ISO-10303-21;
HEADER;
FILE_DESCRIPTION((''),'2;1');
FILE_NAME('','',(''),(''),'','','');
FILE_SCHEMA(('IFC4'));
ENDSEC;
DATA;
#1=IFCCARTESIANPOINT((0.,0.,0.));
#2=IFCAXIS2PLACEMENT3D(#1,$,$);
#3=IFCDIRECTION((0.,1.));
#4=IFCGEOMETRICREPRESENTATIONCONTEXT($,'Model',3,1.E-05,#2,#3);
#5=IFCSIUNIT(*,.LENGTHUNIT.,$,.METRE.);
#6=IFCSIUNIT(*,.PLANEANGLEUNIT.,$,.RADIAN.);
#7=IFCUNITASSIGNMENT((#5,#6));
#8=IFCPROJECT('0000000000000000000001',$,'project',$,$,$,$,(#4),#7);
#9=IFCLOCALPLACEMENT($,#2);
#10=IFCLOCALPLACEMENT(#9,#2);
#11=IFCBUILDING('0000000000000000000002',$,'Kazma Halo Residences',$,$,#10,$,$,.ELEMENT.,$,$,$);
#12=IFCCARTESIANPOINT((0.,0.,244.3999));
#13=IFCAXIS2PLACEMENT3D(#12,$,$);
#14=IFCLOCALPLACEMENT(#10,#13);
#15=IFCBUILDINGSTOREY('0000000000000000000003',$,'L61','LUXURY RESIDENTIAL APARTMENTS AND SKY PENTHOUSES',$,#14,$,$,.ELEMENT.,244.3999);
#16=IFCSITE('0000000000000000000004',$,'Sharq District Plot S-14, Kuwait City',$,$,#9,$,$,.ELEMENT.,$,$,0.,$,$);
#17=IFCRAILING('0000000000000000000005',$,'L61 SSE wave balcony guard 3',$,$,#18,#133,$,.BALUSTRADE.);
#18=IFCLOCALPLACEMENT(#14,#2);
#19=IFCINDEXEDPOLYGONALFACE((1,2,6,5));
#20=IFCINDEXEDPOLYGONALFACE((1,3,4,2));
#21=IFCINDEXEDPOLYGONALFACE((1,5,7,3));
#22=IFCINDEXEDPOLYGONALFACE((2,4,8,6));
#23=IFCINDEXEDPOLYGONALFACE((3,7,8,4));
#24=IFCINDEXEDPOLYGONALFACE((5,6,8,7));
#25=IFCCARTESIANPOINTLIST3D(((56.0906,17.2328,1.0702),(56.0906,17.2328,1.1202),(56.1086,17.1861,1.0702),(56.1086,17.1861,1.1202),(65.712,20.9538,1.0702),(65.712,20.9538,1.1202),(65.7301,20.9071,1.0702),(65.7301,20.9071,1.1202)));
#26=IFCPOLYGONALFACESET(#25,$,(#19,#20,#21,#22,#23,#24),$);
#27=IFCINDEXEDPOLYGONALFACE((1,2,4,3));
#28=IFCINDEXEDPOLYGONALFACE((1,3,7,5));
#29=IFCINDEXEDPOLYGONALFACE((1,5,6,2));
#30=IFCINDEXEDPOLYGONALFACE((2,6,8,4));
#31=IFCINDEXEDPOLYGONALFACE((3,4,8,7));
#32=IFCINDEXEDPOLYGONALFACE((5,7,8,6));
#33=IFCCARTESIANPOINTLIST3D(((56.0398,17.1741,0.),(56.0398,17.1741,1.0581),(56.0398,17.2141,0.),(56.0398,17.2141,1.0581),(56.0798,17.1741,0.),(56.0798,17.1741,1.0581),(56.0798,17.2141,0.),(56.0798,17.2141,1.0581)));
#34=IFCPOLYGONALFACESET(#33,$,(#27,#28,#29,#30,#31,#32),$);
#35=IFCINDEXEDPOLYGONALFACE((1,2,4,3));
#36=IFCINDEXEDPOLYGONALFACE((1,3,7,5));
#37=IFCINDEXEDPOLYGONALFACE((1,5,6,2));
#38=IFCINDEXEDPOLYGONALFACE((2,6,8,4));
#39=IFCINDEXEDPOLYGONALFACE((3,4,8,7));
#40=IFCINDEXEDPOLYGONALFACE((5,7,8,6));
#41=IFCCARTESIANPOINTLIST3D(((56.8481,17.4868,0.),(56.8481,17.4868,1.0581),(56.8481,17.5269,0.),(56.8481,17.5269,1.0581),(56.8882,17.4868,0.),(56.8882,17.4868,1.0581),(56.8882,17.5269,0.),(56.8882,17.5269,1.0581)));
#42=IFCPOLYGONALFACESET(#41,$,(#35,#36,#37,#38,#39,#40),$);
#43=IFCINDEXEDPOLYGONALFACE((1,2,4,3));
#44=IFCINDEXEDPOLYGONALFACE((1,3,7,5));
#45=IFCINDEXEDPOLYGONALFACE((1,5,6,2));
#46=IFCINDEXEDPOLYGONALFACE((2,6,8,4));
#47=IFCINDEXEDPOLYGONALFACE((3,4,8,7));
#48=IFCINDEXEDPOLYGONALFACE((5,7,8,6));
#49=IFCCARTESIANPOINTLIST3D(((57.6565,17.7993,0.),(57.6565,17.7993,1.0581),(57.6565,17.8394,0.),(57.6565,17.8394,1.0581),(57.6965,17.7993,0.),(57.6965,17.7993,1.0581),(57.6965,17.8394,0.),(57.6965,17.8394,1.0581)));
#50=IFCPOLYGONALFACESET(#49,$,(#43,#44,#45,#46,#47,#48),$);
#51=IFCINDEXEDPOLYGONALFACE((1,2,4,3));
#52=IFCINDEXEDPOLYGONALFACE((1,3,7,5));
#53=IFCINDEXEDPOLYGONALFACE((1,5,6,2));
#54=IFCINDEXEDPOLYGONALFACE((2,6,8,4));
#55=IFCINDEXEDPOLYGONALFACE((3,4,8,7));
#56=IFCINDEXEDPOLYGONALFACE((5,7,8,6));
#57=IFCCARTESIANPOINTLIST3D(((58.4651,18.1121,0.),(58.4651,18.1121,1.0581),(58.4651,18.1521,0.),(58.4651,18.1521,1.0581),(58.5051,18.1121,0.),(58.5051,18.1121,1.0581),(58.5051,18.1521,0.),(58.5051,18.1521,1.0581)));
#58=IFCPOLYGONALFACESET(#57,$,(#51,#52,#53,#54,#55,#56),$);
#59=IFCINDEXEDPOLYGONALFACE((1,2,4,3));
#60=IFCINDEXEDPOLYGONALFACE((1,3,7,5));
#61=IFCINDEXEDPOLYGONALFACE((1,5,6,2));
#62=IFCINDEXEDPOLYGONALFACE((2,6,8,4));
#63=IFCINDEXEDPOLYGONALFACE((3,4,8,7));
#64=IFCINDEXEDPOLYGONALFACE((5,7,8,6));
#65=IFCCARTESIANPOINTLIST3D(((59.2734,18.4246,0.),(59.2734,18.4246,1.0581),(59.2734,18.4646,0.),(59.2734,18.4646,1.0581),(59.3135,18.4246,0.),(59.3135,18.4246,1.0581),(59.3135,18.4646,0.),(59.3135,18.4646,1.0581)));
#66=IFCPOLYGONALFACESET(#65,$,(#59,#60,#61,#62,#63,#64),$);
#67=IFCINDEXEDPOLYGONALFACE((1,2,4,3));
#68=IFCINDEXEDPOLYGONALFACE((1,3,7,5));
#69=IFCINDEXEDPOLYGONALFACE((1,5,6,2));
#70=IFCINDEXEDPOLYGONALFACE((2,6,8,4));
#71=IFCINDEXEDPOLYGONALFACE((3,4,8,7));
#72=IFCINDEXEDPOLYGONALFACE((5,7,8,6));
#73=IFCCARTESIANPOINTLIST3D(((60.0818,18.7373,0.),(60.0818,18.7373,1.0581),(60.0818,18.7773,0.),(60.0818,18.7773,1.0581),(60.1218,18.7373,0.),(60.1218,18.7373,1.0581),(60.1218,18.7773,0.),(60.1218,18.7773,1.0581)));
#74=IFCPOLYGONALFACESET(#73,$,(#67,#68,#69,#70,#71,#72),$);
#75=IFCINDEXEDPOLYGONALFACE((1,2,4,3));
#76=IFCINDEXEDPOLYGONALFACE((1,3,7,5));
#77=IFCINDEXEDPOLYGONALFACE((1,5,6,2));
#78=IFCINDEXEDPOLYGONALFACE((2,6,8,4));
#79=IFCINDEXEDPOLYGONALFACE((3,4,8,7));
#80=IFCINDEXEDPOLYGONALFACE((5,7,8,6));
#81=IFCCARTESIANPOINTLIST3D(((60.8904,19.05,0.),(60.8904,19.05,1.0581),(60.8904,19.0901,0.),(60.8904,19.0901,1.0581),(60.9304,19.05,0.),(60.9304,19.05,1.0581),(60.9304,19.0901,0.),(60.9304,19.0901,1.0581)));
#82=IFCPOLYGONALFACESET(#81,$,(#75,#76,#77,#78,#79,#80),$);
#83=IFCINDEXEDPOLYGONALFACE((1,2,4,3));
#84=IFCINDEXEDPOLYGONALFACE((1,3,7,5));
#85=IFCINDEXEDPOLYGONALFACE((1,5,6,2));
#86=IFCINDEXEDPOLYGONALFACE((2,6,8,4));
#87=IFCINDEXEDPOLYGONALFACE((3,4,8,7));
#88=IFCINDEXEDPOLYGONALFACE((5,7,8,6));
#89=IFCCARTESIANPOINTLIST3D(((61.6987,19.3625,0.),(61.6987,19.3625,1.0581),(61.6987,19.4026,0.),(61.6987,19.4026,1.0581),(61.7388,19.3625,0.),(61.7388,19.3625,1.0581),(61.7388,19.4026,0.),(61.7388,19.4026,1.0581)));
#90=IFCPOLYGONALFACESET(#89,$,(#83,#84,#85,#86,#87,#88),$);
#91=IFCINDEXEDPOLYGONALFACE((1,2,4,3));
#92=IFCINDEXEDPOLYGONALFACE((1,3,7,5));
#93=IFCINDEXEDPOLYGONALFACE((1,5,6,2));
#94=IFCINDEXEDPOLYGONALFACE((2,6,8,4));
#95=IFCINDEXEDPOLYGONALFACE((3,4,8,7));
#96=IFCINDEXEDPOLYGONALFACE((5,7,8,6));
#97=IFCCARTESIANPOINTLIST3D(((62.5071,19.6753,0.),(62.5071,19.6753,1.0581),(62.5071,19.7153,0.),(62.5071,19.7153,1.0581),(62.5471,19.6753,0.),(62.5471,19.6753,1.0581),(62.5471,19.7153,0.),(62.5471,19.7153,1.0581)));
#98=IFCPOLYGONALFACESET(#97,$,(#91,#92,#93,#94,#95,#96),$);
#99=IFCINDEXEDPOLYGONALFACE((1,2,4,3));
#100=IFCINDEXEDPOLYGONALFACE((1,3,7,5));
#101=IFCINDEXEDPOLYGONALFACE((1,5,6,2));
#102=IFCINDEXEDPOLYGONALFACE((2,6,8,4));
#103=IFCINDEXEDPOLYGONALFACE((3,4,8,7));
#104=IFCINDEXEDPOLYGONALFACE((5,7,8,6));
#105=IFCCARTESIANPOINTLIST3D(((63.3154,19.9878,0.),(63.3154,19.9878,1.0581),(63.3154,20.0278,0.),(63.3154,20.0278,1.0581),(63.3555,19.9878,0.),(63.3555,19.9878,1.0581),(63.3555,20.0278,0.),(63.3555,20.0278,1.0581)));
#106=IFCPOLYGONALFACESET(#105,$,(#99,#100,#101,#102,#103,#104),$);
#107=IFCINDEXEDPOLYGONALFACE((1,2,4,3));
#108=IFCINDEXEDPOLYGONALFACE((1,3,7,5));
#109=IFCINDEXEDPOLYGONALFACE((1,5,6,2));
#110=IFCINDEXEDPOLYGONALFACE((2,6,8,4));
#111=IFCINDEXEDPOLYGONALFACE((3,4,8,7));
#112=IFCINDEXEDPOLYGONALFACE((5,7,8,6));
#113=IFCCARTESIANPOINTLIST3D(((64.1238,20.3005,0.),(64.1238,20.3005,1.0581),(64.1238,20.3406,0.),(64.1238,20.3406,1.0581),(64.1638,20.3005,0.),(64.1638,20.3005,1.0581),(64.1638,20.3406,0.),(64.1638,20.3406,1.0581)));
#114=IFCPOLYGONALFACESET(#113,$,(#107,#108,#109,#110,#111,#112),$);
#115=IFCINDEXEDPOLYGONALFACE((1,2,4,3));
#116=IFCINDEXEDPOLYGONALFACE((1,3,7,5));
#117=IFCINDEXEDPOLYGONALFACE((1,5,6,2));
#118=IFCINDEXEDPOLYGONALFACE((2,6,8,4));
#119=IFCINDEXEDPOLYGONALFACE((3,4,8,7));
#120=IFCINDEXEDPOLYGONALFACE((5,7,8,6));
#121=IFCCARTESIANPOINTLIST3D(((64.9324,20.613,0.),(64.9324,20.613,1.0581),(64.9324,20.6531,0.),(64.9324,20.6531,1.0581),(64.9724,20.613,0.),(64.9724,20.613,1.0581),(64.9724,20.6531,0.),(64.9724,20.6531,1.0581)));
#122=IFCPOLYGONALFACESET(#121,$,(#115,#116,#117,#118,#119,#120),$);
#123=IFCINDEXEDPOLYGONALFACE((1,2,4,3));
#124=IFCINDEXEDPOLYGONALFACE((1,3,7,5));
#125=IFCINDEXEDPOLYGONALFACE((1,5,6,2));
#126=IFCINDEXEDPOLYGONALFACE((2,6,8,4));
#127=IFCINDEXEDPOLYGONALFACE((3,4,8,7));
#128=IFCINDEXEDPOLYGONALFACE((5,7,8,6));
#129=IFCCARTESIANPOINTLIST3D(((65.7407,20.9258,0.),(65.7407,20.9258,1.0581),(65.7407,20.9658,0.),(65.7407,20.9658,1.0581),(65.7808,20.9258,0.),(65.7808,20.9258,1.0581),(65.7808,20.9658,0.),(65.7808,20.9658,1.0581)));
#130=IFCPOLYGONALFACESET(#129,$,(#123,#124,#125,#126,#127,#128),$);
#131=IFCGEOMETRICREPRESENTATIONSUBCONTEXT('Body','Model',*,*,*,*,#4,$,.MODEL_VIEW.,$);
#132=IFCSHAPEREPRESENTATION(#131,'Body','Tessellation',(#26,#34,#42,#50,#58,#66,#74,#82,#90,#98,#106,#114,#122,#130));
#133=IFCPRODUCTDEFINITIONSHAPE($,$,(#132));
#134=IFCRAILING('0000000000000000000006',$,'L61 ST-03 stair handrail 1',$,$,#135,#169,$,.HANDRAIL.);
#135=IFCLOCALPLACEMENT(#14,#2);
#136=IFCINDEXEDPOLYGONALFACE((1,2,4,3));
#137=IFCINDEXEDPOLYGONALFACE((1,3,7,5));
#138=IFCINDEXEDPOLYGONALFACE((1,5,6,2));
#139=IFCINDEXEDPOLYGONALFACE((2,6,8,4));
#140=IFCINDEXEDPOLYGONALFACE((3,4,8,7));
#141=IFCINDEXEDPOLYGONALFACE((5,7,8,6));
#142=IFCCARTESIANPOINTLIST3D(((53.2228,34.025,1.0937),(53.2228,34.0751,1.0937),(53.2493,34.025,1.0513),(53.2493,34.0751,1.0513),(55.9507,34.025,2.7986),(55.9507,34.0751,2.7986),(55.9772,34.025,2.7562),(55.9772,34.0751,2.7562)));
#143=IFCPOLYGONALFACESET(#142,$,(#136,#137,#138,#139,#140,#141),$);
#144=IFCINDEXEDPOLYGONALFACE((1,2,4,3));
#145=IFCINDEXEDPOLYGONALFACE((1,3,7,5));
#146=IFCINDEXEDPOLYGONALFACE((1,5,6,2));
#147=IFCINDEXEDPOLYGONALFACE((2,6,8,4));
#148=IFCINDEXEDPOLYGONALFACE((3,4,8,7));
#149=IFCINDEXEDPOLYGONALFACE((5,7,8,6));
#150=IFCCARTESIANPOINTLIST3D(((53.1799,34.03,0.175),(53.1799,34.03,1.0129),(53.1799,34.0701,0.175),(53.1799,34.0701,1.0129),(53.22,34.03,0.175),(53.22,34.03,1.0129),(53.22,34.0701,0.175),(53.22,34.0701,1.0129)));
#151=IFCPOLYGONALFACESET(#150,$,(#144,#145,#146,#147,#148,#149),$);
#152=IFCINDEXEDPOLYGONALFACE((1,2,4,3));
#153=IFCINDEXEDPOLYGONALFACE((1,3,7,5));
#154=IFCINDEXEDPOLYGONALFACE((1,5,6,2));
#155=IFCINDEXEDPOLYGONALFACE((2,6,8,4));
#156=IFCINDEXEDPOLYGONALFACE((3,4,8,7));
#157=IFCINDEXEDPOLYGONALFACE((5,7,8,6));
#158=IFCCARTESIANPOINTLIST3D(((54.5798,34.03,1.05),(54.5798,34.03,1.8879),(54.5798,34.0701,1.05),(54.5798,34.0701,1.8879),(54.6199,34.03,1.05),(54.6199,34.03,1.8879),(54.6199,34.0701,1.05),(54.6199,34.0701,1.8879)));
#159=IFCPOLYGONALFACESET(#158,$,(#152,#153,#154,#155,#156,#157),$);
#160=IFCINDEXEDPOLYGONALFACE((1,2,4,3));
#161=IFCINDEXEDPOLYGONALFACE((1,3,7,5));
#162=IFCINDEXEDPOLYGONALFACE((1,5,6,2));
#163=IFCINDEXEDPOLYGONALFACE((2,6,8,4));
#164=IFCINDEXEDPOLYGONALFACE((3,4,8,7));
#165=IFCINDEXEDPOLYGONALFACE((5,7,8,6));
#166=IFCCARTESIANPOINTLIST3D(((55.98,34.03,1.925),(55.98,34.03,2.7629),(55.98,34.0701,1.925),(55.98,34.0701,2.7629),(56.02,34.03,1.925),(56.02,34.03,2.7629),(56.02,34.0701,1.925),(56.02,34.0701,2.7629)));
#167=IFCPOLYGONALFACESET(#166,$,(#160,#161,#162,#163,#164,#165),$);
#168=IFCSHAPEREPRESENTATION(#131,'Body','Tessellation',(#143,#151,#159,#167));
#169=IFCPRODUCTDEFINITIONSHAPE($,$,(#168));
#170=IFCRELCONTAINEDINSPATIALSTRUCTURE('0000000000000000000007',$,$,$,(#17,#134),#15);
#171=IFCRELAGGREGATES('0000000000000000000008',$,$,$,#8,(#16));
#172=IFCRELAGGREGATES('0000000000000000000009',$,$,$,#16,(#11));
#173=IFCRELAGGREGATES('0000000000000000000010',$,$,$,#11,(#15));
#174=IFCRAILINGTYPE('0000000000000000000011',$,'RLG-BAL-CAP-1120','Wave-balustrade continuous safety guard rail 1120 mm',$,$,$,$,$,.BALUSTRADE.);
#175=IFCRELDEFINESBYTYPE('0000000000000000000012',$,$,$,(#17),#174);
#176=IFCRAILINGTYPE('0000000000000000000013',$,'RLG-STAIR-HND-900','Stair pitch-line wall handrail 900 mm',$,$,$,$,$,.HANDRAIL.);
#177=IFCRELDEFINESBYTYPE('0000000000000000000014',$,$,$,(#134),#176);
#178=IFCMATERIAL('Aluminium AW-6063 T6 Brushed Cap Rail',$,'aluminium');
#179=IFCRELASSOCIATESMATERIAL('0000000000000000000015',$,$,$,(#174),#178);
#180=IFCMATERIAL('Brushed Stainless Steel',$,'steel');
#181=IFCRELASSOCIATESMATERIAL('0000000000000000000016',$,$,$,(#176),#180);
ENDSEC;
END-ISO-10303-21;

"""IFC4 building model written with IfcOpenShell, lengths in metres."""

from ifc_helpers import new_model, si_unit, direction, frame, origin, origin_2d, place, context, subcontext, project, spatial, rectangle, extrude, material, type_object, element, save


model = new_model("IFC4")

# Units and contexts
model_context = context("Model", 3, precision=1e-05, world=origin(), true_north=direction((0.0, 1.0)))
body_context = subcontext(model_context, "Body", "Model", "MODEL_VIEW")
ifc_project = project(units=[si_unit("LENGTHUNIT", "METRE"), si_unit("PLANEANGLEUNIT", "RADIAN")], contexts=[model_context])

# Site, building, storey
site_placement = place(None, origin())
site = spatial("IfcSite", under=ifc_project, at=site_placement, Name="Sharq District Plot S-14, Kuwait City", CompositionType="ELEMENT", RefElevation=0.0)
building_placement = place(site_placement, origin())
building = spatial("IfcBuilding", under=site, at=building_placement, Name="Kazma Halo Residences", CompositionType="ELEMENT")
storey_placement = place(building_placement, frame((0.0, 0.0, 244.3999)))
storey = spatial("IfcBuildingStorey", under=building, at=storey_placement, Name="L61", Description="LUXURY RESIDENTIAL APARTMENTS AND SKY PENTHOUSES", CompositionType="ELEMENT", Elevation=244.3999)

# Railings
ifc_material_1 = material(Name="Aluminium AW-6063 T6 Brushed Cap Rail", Category="aluminium")
railing_type_1 = type_object("IfcRailingType", Name="RLG-BAL-CAP-1120", Description="Wave-balustrade continuous safety guard rail 1120 mm", PredefinedType="BALUSTRADE", material=ifc_material_1)
railing_1_placement = place(storey_placement, frame((56.0598, 17.1941, 0.0)))
element("IfcRailing", 1, at=railing_1_placement, inside=storey, type_object=railing_type_1, Name="L61 SSE wave balcony guard 3", PredefinedType="BALUSTRADE", context=body_context, shape_type="SweptSolid", body=[
    extrude(rectangle(XDim=0.05, YDim=0.05, at=origin_2d()), frame((0.0398, 0.0154, 1.0952), z_axis=(0.932681, 0.360702, 0.0), x_axis=(-0.360702, 0.932681, 0.0)), (0.0, 0.0, 1.0), 10.3159),
    extrude(rectangle(XDim=0.04, YDim=0.04, at=origin_2d()), origin(), (0.0, 0.0, 1.0), 1.0581),
    extrude(rectangle(XDim=0.04, YDim=0.04, at=origin_2d()), frame((0.8083, 0.3127, 0.0)), (0.0, 0.0, 1.0), 1.0581),
    extrude(rectangle(XDim=0.04, YDim=0.04, at=origin_2d()), frame((1.6167, 0.6252, 0.0)), (0.0, 0.0, 1.0), 1.0581),
    extrude(rectangle(XDim=0.04, YDim=0.04, at=origin_2d()), frame((2.4253, 0.938, 0.0)), (0.0, 0.0, 1.0), 1.0581),
    extrude(rectangle(XDim=0.04, YDim=0.04, at=origin_2d()), frame((3.2336, 1.2505, 0.0)), (0.0, 0.0, 1.0), 1.0581),
    extrude(rectangle(XDim=0.04, YDim=0.04, at=origin_2d()), frame((4.042, 1.5632, 0.0)), (0.0, 0.0, 1.0), 1.0581),
    extrude(rectangle(XDim=0.04, YDim=0.04, at=origin_2d()), frame((4.8506, 1.876, 0.0)), (0.0, 0.0, 1.0), 1.0581),
    extrude(rectangle(XDim=0.04, YDim=0.04, at=origin_2d()), frame((5.6589, 2.1885, 0.0)), (0.0, 0.0, 1.0), 1.0581),
    extrude(rectangle(XDim=0.04, YDim=0.04, at=origin_2d()), frame((6.4673, 2.5012, 0.0)), (0.0, 0.0, 1.0), 1.0581),
    extrude(rectangle(XDim=0.04, YDim=0.04, at=origin_2d()), frame((7.2756, 2.8137, 0.0)), (0.0, 0.0, 1.0), 1.0581),
    extrude(rectangle(XDim=0.04, YDim=0.04, at=origin_2d()), frame((8.084, 3.1265, 0.0)), (0.0, 0.0, 1.0), 1.0581),
    extrude(rectangle(XDim=0.04, YDim=0.04, at=origin_2d()), frame((8.8926, 3.439, 0.0)), (0.0, 0.0, 1.0), 1.0581),
    extrude(rectangle(XDim=0.04, YDim=0.04, at=origin_2d()), frame((9.7009, 3.7517, 0.0)), (0.0, 0.0, 1.0), 1.0581),
])
ifc_material_2 = material(Name="Brushed Stainless Steel", Category="steel")
railing_type_2 = type_object("IfcRailingType", Name="RLG-STAIR-HND-900", Description="Stair pitch-line wall handrail 900 mm", PredefinedType="HANDRAIL", material=ifc_material_2)
railing_2_placement = place(storey_placement, frame((53.2, 34.05, 0.175)))
element("IfcRailing", 2, at=railing_2_placement, inside=storey, type_object=railing_type_2, Name="L61 ST-03 stair handrail 1", PredefinedType="HANDRAIL", context=body_context, shape_type="SweptSolid", body=[
    extrude(rectangle(XDim=0.05, YDim=0.05, at=origin_2d()), frame((0.0361, 0.0, 0.8975), z_axis=(0.848002, 0.0, 0.529992), x_axis=(0.0, 1.0, 0.0)), (0.0, 0.0, 1.0), 3.2168),
    extrude(rectangle(XDim=0.04, YDim=0.04, at=origin_2d()), origin(), (0.0, 0.0, 1.0), 0.8379),
    extrude(rectangle(XDim=0.04, YDim=0.04, at=origin_2d()), frame((1.3999, 0.0, 0.875)), (0.0, 0.0, 1.0), 0.8379),
    extrude(rectangle(XDim=0.04, YDim=0.04, at=origin_2d()), frame((2.8, 0.0, 1.75)), (0.0, 0.0, 1.0), 0.8379),
])

save(model, "model.ifc")
